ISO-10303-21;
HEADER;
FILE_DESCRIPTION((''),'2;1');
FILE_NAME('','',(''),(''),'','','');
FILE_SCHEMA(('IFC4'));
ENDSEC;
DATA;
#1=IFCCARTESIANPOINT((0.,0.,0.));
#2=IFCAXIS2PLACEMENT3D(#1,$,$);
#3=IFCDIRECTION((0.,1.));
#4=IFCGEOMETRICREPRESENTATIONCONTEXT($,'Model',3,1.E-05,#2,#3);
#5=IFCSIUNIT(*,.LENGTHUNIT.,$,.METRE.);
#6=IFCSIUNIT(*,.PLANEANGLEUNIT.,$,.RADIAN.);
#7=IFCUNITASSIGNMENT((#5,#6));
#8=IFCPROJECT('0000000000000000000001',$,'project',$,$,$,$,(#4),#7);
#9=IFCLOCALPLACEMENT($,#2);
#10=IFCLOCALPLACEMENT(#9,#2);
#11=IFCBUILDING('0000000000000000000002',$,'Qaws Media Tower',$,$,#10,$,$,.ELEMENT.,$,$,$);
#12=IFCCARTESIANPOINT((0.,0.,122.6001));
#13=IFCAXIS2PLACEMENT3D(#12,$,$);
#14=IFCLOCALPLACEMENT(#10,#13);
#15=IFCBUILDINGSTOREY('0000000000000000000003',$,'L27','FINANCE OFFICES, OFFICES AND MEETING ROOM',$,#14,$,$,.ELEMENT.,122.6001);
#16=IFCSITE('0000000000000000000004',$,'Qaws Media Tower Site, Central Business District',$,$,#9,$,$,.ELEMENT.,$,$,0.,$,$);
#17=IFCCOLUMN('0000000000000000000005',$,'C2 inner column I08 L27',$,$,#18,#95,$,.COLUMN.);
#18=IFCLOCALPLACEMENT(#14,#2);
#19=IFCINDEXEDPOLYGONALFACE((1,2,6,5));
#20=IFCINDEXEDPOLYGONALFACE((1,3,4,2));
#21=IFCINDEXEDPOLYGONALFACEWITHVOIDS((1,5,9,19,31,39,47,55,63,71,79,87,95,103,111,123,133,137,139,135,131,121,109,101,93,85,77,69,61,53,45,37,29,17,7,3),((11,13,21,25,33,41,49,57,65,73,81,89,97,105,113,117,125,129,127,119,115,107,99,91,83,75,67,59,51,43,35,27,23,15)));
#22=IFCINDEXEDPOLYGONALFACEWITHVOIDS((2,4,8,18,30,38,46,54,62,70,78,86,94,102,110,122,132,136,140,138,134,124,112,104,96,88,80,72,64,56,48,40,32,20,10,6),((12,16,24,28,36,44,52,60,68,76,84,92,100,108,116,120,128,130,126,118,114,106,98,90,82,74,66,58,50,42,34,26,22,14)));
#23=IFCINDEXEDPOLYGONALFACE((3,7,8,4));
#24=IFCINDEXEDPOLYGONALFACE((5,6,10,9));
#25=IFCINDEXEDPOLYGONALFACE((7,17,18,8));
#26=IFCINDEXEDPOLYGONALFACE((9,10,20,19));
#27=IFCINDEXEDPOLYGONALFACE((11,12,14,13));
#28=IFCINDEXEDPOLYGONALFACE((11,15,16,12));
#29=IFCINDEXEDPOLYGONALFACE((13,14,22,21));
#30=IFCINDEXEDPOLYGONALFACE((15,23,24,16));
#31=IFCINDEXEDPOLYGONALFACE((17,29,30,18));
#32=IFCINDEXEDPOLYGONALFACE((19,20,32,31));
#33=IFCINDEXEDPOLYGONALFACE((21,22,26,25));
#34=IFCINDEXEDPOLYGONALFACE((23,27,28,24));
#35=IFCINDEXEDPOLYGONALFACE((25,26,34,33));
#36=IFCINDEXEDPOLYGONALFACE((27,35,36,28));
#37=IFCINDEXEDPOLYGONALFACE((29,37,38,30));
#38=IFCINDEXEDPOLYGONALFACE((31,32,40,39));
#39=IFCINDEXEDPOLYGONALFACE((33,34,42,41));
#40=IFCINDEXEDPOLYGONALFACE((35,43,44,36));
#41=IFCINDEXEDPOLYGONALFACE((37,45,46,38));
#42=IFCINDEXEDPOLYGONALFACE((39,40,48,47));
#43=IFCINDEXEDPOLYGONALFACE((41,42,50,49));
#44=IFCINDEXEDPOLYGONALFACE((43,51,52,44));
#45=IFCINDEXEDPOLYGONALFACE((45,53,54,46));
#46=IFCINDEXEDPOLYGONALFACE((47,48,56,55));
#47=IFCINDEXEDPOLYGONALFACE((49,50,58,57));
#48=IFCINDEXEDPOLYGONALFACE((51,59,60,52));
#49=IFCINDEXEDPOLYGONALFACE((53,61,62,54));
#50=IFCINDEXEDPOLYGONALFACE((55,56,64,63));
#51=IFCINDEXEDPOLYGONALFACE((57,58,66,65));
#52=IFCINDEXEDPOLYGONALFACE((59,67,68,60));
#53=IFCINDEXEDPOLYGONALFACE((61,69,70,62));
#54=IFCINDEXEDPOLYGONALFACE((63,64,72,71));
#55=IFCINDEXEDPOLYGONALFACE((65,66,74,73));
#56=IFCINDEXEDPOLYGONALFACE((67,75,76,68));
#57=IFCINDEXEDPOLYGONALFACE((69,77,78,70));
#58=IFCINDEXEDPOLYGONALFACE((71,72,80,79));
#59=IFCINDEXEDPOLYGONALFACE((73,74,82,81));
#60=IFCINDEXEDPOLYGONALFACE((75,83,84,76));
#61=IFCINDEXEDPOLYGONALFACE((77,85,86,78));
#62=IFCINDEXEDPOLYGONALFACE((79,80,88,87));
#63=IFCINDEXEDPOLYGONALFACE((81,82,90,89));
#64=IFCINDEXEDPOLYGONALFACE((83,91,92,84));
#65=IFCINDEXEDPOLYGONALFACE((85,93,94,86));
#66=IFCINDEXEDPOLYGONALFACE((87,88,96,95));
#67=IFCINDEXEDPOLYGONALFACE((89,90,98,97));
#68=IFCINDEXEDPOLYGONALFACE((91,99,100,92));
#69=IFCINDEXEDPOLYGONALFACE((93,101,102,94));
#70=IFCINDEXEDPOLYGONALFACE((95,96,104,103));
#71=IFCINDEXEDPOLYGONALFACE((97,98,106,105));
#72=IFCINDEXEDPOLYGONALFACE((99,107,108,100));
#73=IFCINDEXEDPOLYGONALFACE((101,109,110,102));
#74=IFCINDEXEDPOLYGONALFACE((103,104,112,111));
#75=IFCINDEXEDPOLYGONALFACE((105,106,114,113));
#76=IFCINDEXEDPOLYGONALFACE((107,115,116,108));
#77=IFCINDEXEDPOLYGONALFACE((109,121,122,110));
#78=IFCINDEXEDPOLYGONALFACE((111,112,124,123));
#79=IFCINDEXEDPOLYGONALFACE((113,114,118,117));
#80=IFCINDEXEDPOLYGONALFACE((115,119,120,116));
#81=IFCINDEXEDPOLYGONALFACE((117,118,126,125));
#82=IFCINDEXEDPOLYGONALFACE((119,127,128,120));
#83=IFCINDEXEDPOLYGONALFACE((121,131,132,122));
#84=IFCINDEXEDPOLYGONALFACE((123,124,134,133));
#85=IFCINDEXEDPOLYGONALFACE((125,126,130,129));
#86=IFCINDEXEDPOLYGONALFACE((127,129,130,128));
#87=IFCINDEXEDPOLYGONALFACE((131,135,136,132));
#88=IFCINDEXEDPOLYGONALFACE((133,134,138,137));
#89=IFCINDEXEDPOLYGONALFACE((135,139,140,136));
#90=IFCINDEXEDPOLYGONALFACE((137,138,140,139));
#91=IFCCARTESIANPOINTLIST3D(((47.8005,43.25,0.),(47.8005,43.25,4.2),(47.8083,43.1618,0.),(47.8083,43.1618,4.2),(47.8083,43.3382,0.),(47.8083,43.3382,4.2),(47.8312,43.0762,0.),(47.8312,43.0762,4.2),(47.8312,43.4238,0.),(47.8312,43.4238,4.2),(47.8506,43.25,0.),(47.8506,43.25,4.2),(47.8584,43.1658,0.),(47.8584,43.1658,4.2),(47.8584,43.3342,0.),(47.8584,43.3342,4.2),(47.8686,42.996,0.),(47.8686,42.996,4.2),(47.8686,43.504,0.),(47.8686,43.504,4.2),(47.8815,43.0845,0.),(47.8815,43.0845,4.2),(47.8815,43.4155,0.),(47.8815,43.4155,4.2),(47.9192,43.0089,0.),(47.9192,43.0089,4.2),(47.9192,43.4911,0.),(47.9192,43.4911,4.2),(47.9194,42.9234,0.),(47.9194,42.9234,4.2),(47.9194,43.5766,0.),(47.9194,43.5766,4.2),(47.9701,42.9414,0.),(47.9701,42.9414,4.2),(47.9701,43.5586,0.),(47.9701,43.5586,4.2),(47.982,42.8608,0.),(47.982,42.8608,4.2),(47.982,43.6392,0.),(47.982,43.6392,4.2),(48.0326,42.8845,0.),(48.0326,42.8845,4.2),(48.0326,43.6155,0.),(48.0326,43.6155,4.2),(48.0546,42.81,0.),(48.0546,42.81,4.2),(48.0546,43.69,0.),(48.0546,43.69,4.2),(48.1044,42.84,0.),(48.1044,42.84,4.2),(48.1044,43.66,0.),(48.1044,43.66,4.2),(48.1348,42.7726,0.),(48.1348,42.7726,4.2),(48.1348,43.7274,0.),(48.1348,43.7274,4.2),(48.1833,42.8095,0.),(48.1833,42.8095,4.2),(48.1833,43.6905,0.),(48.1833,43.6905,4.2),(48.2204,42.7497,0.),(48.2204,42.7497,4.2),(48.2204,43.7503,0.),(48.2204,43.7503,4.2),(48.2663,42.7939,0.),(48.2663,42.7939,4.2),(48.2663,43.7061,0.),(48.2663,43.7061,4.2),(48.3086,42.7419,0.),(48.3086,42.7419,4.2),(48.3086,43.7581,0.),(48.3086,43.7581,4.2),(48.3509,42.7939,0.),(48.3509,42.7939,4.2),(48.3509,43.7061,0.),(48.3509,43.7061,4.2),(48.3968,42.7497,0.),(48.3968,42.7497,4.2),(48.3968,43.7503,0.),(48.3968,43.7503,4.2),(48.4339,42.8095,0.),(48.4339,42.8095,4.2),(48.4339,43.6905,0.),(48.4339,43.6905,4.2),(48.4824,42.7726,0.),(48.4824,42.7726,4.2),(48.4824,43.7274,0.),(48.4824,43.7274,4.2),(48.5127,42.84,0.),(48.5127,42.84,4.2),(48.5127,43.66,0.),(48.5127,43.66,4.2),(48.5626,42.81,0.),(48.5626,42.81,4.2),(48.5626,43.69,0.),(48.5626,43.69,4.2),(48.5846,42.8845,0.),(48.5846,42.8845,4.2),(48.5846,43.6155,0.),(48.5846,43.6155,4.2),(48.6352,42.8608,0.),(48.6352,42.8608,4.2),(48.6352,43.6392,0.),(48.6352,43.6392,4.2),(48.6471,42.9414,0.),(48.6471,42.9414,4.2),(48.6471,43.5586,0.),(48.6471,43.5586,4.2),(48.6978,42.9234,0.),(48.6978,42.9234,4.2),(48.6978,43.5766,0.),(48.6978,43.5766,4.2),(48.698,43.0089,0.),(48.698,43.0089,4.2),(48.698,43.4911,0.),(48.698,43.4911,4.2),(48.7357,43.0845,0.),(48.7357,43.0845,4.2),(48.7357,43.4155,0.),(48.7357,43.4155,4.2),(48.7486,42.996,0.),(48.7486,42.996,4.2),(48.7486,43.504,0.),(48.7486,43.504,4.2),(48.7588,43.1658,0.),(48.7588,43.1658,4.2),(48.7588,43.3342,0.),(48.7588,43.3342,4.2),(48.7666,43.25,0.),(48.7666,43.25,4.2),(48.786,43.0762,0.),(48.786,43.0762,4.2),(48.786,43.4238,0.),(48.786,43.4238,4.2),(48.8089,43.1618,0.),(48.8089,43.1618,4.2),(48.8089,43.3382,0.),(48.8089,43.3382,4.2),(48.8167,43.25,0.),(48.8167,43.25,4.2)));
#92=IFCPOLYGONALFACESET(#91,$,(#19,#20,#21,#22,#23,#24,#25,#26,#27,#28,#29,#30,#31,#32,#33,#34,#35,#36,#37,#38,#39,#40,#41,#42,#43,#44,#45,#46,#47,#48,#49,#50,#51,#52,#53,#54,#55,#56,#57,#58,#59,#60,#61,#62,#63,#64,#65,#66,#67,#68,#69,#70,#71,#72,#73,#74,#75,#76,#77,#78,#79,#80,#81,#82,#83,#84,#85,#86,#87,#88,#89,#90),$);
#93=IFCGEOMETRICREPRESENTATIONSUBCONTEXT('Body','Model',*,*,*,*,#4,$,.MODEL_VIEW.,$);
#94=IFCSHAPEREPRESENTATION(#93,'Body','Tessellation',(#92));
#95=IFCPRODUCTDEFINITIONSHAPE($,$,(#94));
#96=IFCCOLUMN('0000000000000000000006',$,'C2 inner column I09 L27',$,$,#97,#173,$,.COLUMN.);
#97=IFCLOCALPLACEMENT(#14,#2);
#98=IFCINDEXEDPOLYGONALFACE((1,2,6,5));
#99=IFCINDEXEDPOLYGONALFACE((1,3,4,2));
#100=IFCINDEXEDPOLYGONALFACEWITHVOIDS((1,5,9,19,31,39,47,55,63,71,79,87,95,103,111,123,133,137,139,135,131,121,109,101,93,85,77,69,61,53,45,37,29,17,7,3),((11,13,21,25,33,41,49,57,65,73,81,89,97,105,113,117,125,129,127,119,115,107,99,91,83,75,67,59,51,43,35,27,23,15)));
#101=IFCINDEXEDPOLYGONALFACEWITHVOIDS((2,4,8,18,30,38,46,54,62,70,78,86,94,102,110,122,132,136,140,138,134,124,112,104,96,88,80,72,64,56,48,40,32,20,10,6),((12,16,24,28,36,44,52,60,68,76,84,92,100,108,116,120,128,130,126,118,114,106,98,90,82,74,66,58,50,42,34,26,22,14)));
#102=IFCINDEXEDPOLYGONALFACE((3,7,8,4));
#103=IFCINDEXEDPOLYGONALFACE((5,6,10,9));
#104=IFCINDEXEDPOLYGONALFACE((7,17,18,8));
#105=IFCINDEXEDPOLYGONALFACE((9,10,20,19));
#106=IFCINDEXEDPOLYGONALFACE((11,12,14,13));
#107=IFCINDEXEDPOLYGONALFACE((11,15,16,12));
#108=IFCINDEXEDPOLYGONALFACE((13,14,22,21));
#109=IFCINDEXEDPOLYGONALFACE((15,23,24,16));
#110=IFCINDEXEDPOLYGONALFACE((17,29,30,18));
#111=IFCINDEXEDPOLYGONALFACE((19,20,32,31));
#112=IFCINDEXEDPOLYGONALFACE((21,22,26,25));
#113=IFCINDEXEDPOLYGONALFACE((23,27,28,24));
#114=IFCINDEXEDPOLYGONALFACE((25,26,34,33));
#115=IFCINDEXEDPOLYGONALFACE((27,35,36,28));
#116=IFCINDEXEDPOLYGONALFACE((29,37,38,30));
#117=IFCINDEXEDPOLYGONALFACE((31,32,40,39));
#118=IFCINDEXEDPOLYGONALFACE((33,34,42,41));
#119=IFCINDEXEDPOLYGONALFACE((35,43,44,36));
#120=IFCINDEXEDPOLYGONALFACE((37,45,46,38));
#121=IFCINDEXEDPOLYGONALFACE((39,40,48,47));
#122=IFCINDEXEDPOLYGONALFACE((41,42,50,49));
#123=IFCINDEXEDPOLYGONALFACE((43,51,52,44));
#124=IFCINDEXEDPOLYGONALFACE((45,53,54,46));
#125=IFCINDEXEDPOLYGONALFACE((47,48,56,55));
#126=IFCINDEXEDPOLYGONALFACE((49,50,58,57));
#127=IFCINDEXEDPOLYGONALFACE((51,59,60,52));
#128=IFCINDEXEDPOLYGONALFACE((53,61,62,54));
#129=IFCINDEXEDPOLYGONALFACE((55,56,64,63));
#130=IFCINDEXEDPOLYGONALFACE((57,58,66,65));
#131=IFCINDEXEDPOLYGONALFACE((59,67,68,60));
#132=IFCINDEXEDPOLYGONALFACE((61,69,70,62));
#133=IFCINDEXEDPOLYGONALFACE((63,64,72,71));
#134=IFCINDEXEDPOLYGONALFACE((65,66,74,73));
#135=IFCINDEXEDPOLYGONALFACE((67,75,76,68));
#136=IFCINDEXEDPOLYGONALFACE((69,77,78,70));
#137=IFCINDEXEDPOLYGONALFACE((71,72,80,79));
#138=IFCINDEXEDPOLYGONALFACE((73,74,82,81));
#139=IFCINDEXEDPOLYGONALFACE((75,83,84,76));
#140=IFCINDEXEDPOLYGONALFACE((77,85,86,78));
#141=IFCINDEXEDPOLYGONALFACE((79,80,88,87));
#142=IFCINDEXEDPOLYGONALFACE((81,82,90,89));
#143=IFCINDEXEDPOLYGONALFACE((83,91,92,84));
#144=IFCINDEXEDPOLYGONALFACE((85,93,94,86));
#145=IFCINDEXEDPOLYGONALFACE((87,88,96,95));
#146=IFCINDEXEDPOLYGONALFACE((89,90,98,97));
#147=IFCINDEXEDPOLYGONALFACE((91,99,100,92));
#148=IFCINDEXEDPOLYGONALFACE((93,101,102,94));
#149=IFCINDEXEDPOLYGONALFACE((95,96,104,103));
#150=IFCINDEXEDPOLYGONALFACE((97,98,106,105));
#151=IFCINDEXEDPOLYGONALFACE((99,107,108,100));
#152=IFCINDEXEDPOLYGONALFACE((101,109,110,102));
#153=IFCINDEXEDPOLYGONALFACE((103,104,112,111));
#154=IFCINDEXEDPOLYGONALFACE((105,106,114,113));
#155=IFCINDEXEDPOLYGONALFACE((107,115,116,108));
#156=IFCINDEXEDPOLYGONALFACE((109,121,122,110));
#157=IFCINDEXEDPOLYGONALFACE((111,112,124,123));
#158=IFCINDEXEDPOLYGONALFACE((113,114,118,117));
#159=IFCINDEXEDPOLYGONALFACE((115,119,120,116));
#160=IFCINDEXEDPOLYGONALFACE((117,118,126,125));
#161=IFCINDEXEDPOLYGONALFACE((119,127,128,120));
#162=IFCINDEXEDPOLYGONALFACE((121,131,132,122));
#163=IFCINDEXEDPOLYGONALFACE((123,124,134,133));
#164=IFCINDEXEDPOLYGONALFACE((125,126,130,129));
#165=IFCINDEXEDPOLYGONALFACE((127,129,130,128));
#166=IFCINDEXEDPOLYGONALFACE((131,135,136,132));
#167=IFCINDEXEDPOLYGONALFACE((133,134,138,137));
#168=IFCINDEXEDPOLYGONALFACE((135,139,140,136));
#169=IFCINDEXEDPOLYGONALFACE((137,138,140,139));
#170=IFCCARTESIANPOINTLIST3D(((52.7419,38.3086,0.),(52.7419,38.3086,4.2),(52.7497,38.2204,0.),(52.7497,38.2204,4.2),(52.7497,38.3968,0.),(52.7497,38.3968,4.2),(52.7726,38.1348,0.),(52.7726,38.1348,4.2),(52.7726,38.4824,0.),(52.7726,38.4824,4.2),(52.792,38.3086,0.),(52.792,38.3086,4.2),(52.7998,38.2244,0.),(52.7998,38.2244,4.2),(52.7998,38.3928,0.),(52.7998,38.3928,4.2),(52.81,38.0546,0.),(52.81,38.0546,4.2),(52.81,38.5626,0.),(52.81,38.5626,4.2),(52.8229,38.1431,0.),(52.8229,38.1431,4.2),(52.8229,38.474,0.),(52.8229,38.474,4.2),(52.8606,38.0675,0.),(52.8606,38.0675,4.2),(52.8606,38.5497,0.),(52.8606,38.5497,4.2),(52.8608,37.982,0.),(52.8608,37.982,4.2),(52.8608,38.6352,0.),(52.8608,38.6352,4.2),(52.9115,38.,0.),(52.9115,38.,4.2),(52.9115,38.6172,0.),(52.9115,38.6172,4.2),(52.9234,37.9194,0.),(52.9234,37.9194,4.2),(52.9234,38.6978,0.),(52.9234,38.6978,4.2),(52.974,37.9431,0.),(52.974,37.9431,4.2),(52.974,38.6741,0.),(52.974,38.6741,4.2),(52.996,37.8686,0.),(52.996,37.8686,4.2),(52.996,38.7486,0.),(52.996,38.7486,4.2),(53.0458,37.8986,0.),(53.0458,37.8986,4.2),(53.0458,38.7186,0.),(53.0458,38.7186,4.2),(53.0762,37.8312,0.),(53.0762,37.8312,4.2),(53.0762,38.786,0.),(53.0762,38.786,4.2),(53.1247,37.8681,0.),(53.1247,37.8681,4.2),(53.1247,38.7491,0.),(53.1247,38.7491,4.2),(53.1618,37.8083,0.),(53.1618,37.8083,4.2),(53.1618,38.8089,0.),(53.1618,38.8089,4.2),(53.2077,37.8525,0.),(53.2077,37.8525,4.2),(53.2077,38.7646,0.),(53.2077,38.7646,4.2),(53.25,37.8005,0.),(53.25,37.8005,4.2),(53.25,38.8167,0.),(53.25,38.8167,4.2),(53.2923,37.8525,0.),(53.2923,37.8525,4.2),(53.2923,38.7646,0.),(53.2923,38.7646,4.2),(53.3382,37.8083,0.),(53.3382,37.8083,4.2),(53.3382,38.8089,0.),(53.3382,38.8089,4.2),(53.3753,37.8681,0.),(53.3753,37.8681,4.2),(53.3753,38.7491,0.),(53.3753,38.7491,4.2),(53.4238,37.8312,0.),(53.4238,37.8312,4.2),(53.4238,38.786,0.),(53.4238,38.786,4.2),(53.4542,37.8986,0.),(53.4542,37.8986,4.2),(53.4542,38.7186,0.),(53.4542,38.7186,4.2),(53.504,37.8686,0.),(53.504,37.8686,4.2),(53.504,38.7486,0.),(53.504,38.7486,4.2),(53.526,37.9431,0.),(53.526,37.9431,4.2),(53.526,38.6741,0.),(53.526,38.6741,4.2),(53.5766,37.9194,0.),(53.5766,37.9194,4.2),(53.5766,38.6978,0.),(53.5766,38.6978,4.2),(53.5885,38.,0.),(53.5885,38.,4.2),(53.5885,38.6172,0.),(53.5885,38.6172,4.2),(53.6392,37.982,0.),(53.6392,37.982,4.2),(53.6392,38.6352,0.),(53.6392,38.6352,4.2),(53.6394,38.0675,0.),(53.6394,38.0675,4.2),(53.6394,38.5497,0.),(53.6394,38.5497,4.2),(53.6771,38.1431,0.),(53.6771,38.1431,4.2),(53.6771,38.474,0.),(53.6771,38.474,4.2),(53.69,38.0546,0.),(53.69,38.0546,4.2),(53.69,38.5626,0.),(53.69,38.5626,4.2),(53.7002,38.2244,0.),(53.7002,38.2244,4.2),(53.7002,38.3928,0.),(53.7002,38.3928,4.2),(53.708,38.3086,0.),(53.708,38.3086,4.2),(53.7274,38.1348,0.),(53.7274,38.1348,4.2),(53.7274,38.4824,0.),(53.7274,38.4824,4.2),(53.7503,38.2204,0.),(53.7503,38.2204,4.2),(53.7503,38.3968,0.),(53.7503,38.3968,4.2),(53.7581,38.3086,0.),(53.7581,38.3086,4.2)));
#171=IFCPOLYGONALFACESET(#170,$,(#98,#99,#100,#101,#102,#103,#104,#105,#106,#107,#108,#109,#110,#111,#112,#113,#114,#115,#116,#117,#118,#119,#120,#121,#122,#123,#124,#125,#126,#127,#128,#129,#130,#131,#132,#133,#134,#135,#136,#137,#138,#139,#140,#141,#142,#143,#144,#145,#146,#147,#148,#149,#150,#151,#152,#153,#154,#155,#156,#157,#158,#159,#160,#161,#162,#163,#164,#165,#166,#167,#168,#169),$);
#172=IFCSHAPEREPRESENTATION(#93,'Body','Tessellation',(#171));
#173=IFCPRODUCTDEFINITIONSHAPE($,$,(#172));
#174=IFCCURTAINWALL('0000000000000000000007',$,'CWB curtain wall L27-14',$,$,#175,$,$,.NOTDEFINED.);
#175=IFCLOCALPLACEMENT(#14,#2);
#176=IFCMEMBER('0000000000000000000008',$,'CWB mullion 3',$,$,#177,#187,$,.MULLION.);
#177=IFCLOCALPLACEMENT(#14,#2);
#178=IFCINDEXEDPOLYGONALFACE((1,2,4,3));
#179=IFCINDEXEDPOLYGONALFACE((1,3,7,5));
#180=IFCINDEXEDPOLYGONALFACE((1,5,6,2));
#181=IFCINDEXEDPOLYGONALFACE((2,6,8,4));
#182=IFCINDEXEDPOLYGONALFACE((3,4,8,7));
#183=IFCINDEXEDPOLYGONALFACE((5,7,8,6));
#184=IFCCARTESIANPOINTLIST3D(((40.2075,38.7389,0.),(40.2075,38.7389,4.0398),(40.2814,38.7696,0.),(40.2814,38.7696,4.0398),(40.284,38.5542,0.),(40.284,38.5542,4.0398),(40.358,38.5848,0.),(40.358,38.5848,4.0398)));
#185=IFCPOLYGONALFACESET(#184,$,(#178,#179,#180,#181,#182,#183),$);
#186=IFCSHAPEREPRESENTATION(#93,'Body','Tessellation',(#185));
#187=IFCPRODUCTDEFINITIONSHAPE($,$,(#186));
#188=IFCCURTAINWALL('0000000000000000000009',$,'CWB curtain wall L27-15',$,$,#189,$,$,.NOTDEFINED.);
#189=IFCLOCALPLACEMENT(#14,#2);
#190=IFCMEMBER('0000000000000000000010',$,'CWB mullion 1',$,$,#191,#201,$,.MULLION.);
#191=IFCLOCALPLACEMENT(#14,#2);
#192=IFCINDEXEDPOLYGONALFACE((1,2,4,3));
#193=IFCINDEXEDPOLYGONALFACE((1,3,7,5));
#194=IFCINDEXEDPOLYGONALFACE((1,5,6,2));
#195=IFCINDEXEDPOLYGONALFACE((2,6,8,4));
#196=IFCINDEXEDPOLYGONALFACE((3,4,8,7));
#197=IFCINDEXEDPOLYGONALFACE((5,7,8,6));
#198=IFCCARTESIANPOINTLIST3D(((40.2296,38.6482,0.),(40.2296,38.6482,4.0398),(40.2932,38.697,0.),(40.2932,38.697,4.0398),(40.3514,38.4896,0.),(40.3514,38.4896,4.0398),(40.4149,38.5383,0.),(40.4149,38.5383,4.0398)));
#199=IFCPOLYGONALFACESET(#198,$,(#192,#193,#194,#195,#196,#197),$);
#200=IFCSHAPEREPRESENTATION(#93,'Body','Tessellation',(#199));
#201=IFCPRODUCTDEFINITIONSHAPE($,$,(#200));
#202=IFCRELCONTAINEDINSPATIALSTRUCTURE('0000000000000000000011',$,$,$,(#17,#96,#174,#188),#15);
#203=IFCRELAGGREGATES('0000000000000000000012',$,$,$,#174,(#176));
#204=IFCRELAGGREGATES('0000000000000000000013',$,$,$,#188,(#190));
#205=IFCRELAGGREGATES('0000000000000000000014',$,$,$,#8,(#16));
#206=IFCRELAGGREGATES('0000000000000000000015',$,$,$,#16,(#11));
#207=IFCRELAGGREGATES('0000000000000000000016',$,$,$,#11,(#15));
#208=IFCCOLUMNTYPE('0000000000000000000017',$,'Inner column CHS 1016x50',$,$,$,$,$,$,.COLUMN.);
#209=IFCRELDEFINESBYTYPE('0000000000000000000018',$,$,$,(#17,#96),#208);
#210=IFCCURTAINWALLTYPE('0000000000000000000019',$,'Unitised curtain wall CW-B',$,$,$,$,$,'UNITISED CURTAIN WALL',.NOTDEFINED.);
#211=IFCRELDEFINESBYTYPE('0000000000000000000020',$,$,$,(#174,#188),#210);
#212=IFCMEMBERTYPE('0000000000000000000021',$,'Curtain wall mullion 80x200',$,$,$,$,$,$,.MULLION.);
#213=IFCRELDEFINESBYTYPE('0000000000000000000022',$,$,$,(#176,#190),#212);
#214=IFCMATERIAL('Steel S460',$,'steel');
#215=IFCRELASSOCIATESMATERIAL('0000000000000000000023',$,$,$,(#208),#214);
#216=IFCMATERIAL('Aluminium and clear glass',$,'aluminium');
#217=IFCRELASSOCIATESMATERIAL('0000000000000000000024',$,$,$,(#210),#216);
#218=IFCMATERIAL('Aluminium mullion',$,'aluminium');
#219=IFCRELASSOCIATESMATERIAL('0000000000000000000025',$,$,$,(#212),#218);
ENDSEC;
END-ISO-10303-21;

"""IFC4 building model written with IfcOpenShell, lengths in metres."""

from ifc_helpers import new_model, si_unit, direction, frame, origin, origin_2d, place, context, subcontext, project, spatial, rectangle, hollow_circle, extrude, material, material_profile, profile_set, type_object, element, aggregate, save


model = new_model("IFC4")

# Units and contexts
model_context = context("Model", 3, precision=1e-05, world=origin(), true_north=direction((0.0, 1.0)))
body_context = subcontext(model_context, "Body", "Model", "MODEL_VIEW")
ifc_project = project(units=[si_unit("LENGTHUNIT", "METRE"), si_unit("PLANEANGLEUNIT", "RADIAN")], contexts=[model_context])

# Site, building, storey
site_placement = place(None, origin())
site = spatial("IfcSite", under=ifc_project, at=site_placement, Name="Qaws Media Tower Site, Central Business District", CompositionType="ELEMENT", RefElevation=0.0)
building_placement = place(site_placement, origin())
building = spatial("IfcBuilding", under=site, at=building_placement, Name="Qaws Media Tower", CompositionType="ELEMENT")
storey_placement = place(building_placement, frame((0.0, 0.0, 122.6001)))
storey = spatial("IfcBuildingStorey", under=building, at=storey_placement, Name="L27", Description="FINANCE OFFICES, OFFICES AND MEETING ROOM", CompositionType="ELEMENT", Elevation=122.6001)

# Columns
ifc_material_1 = material(Name="Steel S460", Category="steel")
ifc_material_profile_1 = material_profile(ifc_material_1, hollow_circle(Radius=0.5081, WallThickness=0.05, at=origin_2d()), Name="CHS 1016x50")
ifc_profile_set_1 = profile_set([ifc_material_profile_1], Name="Steel S460")
column_type = type_object("IfcColumnType", Name="Inner column CHS 1016x50", PredefinedType="COLUMN", material=ifc_profile_set_1)
for number, where, z_axis, x_axis, name in (
    (1, (48.3086, 43.25, 0.0), (0.0, 0.0, 1.0), (1.0, 0.0, 0.0), "C2 inner column I08 L27"),
    (2, (53.25, 38.3086, 0.0), (0.0, 0.0, 1.0), (1.0, 0.0, 0.0), "C2 inner column I09 L27"),
):
    element("IfcColumn", number, at=place(storey_placement, frame(where, z_axis=z_axis, x_axis=x_axis)), inside=storey, type_object=column_type, Name=name, PredefinedType="COLUMN", context=body_context, shape_type="SweptSolid", body=[
        extrude(hollow_circle(Radius=0.5081, WallThickness=0.05, at=origin_2d()), origin(), (0.0, 0.0, 1.0), 4.2),
    ])

# Curtain wall, member
ifc_material_2 = material(Name="Aluminium and clear glass", Category="aluminium")
curtain_wall_type = type_object("IfcCurtainWallType", Name="Unitised curtain wall CW-B", ElementType="UNITISED CURTAIN WALL", PredefinedType="NOTDEFINED", material=ifc_material_2)
curtain_wall_1_placement = place(storey_placement, origin())
curtain_wall_1 = element("IfcCurtainWall", 3, at=curtain_wall_1_placement, inside=storey, type_object=curtain_wall_type, Name="CWB curtain wall L27-14", PredefinedType="NOTDEFINED")
ifc_material_3 = material(Name="Aluminium mullion", Category="aluminium")
ifc_material_profile_2 = material_profile(ifc_material_3, rectangle(XDim=0.0801, YDim=0.2, at=origin_2d()), Name="80x200")
ifc_profile_set_2 = profile_set([ifc_material_profile_2], Name="Aluminium mullion")
member_type_1 = type_object("IfcMemberType", Name="Curtain wall mullion 80x200", PredefinedType="MULLION", material=ifc_profile_set_2)
member_1_placement = place(storey_placement, frame((40.2827, 38.6619, 0.0), z_axis=(0.0, 0.0, 1.0), x_axis=(0.92388, 0.382683, 0.0)))
member_1 = element("IfcMember", 4, at=member_1_placement, type_object=member_type_1, Name="CWB mullion 3", PredefinedType="MULLION", context=body_context, shape_type="SweptSolid", body=[
    extrude(rectangle(XDim=0.0801, YDim=0.2, at=origin_2d()), origin(), (0.0, 0.0, 1.0), 4.0398),
])
aggregate(curtain_wall_1, [member_1])

# Curtain wall, member
curtain_wall_2_placement = place(storey_placement, origin())
curtain_wall_2 = element("IfcCurtainWall", 5, at=curtain_wall_2_placement, inside=storey, type_object=curtain_wall_type, Name="CWB curtain wall L27-15", PredefinedType="NOTDEFINED")
member_2_placement = place(storey_placement, frame((40.3223, 38.5933, 0.0), z_axis=(0.0, 0.0, 1.0), x_axis=(0.793353, 0.608761, 0.0)))
member_2 = element("IfcMember", 6, at=member_2_placement, type_object=member_type_1, Name="CWB mullion 1", PredefinedType="MULLION", context=body_context, shape_type="SweptSolid", body=[
    extrude(rectangle(XDim=0.0801, YDim=0.2, at=origin_2d()), origin(), (0.0, 0.0, 1.0), 4.0398),
])

aggregate(curtain_wall_2, [member_2])

save(model, "model.ifc")
